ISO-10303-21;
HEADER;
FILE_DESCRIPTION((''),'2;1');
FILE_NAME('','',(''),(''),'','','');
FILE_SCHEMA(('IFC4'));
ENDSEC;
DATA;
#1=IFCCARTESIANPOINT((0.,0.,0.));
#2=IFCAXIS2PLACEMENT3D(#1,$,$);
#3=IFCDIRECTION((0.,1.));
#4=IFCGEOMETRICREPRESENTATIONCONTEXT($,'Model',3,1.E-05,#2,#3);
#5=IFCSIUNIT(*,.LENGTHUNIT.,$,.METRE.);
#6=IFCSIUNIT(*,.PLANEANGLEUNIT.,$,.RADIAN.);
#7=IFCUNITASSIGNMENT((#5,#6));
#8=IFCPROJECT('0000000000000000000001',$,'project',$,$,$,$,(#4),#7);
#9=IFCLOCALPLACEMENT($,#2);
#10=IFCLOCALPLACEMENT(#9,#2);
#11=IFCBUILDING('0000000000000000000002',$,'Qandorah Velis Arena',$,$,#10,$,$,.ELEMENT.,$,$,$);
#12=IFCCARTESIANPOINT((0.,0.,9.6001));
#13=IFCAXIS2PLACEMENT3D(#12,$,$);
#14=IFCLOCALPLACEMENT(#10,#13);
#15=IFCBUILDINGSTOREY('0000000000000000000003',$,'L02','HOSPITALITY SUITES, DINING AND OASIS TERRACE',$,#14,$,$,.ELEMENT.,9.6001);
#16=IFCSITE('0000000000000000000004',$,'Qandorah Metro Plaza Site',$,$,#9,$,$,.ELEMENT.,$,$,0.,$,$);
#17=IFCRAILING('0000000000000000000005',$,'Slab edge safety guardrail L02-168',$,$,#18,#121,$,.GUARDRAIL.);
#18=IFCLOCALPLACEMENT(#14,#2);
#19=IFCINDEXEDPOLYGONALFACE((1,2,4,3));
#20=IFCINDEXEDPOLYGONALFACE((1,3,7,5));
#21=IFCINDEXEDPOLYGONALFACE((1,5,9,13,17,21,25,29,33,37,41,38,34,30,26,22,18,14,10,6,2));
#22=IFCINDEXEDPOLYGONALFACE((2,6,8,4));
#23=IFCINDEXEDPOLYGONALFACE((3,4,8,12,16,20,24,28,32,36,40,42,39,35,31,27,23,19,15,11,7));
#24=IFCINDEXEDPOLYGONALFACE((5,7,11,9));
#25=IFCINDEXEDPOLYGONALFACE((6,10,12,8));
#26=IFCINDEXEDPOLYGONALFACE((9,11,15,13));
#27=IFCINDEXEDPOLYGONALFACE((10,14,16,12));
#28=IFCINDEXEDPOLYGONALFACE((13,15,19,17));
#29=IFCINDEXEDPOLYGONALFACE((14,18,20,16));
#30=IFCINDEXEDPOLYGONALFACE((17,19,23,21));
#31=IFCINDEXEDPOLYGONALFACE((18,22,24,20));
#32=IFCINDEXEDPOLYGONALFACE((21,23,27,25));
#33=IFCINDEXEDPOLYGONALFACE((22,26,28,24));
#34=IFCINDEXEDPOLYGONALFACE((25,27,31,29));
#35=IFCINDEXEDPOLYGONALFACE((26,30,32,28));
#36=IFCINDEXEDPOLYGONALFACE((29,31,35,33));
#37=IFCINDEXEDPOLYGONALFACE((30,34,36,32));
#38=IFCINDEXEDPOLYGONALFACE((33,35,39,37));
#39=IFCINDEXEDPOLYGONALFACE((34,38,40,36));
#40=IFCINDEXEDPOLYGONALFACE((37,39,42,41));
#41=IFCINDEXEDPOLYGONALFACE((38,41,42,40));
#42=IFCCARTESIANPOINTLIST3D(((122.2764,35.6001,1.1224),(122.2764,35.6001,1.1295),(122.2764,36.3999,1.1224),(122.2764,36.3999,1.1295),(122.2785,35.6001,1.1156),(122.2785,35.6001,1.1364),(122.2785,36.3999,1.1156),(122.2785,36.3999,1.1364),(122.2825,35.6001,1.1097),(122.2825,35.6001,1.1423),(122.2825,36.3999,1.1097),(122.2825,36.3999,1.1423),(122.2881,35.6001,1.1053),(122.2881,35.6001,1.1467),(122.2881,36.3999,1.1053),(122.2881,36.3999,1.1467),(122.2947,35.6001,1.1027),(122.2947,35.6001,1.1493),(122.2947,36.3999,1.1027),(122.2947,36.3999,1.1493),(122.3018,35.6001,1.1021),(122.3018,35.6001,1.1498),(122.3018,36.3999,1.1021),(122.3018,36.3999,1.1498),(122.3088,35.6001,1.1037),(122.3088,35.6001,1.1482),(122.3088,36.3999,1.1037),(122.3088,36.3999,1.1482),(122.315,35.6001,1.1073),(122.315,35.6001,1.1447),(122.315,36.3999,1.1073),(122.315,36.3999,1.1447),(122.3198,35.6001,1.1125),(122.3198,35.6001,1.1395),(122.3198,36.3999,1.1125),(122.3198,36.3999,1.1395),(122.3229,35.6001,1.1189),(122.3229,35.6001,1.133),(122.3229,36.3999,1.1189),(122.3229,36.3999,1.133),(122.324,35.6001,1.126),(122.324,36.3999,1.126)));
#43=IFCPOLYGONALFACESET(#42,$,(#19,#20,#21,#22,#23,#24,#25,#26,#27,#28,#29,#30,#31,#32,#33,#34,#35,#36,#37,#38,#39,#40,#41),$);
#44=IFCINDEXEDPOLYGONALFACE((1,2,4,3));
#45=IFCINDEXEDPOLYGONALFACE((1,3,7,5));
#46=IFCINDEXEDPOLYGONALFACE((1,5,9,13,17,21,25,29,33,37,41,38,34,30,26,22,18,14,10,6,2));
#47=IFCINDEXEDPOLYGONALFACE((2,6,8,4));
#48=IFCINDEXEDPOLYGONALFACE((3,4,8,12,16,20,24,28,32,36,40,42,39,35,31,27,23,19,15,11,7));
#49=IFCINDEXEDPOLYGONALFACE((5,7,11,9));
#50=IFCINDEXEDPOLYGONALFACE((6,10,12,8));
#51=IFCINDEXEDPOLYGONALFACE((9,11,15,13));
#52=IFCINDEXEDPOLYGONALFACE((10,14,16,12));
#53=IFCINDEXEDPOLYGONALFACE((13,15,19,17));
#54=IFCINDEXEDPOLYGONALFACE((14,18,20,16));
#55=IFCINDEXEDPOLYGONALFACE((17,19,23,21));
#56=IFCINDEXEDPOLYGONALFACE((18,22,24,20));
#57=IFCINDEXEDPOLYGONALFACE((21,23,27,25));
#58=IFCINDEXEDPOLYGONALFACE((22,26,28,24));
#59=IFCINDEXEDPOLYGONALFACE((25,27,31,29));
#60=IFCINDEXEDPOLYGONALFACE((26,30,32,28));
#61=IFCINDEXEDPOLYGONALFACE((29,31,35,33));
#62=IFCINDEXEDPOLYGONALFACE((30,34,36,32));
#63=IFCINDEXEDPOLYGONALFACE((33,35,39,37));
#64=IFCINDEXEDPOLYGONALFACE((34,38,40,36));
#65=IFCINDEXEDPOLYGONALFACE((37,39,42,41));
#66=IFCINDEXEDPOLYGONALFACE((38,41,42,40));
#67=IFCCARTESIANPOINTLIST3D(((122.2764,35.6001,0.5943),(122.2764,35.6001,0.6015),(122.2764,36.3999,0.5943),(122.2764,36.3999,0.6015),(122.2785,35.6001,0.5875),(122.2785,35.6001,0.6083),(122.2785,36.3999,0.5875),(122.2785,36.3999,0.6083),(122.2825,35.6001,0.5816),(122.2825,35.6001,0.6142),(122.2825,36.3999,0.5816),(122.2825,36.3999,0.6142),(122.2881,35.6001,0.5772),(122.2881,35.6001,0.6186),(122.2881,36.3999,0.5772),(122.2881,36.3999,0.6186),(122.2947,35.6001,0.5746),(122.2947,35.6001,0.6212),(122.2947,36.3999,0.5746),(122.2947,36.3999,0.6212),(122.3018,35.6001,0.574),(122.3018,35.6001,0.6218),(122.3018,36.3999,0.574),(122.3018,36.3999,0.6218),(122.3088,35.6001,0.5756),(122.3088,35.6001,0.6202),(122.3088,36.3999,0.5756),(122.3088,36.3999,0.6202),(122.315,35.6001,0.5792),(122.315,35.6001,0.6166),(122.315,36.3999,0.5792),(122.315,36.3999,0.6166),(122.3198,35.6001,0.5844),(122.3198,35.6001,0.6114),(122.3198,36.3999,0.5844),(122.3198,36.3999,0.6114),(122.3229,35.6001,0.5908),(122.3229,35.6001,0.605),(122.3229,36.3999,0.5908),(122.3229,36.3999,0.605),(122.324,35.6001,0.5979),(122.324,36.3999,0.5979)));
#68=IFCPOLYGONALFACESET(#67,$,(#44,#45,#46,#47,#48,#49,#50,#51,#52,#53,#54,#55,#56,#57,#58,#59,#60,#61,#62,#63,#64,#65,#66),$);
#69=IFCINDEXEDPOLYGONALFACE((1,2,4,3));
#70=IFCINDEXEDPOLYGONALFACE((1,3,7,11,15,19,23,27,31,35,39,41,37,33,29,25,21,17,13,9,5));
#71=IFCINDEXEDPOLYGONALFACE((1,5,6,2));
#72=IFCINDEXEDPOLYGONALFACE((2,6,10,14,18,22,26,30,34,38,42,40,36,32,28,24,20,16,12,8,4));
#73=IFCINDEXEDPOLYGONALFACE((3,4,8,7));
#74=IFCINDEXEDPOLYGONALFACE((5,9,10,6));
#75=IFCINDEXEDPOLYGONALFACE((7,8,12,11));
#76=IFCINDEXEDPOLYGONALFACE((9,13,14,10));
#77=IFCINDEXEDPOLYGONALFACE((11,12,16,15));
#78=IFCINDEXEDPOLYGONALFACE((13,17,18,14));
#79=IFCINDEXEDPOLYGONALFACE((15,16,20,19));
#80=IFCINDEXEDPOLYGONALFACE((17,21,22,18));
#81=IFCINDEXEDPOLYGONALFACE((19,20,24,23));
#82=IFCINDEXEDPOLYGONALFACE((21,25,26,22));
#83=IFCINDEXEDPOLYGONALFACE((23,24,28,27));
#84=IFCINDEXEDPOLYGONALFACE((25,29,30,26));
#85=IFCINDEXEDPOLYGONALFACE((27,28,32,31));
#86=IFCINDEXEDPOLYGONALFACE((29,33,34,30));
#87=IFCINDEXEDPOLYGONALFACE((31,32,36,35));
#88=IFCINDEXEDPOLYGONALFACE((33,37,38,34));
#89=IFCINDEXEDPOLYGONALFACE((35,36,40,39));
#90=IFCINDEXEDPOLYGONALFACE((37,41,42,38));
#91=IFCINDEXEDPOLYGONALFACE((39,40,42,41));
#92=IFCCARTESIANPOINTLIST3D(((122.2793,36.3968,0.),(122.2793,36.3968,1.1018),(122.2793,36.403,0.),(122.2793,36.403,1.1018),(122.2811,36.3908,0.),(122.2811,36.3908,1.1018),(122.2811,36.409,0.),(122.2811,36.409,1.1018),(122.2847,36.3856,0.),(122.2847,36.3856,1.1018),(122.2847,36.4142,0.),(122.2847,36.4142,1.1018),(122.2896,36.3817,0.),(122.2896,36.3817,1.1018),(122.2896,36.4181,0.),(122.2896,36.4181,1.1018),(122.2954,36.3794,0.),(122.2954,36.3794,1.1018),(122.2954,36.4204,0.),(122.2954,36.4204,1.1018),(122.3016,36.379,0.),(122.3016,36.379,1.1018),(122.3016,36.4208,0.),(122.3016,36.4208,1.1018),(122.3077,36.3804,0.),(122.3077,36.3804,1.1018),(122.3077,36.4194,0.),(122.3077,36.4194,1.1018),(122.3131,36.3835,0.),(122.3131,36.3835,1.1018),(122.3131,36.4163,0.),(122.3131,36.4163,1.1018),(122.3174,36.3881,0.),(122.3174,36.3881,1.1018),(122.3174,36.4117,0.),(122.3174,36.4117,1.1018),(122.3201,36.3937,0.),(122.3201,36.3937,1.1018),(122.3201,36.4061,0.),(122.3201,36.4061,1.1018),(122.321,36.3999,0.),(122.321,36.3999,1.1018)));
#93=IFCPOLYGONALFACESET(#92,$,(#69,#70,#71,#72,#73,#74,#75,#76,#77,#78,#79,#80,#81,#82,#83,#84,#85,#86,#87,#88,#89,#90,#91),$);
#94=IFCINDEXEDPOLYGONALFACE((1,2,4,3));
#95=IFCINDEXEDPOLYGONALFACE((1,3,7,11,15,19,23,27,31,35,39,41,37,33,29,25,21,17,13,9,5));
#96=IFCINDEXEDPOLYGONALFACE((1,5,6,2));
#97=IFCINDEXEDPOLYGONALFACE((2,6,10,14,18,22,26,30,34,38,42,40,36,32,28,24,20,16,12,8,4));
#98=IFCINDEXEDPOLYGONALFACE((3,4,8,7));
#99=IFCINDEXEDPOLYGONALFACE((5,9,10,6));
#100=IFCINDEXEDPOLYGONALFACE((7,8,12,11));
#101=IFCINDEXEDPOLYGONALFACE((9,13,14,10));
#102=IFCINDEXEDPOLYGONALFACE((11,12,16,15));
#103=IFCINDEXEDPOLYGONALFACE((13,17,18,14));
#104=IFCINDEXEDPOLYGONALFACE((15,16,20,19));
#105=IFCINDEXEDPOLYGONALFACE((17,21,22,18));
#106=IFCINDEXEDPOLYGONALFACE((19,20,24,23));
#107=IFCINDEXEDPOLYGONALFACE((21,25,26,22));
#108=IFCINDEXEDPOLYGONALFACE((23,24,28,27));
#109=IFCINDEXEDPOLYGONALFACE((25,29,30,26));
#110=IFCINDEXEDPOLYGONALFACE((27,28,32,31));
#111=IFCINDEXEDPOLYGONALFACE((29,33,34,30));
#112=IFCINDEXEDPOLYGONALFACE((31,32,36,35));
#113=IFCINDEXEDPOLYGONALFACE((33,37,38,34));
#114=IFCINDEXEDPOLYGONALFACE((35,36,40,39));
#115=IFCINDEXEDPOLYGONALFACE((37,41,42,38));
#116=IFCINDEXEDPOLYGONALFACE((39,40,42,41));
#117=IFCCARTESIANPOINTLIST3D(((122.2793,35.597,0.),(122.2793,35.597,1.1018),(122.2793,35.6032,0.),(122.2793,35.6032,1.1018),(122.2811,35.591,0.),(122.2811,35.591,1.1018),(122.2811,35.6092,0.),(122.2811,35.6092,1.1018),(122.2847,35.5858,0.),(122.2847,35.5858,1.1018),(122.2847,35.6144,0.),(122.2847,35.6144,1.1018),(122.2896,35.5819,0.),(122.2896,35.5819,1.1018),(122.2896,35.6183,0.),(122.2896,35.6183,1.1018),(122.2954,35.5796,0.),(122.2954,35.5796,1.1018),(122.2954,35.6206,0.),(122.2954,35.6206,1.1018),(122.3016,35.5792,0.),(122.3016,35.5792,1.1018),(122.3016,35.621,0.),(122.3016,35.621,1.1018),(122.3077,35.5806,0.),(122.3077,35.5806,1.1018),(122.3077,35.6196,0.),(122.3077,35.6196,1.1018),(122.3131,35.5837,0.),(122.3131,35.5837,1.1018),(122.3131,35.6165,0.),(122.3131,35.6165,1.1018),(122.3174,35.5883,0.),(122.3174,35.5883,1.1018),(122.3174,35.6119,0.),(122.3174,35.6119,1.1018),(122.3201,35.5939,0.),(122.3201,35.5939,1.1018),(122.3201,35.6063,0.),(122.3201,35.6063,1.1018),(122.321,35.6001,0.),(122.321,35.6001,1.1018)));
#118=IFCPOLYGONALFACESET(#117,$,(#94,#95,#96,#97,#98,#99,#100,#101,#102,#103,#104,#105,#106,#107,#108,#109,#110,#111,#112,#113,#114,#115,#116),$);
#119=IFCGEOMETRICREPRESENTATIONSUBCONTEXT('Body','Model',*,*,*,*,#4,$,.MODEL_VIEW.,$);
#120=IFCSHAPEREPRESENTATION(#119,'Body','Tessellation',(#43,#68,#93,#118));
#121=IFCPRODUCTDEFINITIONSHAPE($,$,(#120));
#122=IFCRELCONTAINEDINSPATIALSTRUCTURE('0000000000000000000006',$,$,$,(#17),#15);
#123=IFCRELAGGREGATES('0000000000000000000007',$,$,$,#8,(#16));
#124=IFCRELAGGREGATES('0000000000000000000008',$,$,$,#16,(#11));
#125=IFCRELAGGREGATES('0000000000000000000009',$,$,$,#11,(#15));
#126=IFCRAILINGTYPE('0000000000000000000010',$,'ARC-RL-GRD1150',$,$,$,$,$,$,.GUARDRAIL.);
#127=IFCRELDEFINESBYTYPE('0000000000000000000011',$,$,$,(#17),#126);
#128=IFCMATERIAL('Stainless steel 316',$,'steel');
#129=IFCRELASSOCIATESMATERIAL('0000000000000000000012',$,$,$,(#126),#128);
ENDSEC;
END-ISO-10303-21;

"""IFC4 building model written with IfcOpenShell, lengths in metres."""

from ifc_helpers import new_model, si_unit, direction, frame, origin, origin_2d, place, context, subcontext, project, spatial, circle, extrude, material, type_object, element, save


model = new_model("IFC4")

# Units and contexts
model_context = context("Model", 3, precision=1e-05, world=origin(), true_north=direction((0.0, 1.0)))
body_context = subcontext(model_context, "Body", "Model", "MODEL_VIEW")
ifc_project = project(units=[si_unit("LENGTHUNIT", "METRE"), si_unit("PLANEANGLEUNIT", "RADIAN")], contexts=[model_context])

# Site, building, storey
site_placement = place(None, origin())
site = spatial("IfcSite", under=ifc_project, at=site_placement, Name="Qandorah Metro Plaza Site", CompositionType="ELEMENT", RefElevation=0.0)
building_placement = place(site_placement, origin())
building = spatial("IfcBuilding", under=site, at=building_placement, Name="Qandorah Velis Arena", CompositionType="ELEMENT")
storey_placement = place(building_placement, frame((0.0, 0.0, 9.6001)))
storey = spatial("IfcBuildingStorey", under=building, at=storey_placement, Name="L02", Description="HOSPITALITY SUITES, DINING AND OASIS TERRACE", CompositionType="ELEMENT", Elevation=9.6001)

# Railing
ifc_material_1 = material(Name="Stainless steel 316", Category="steel")
railing_type_1 = type_object("IfcRailingType", Name="ARC-RL-GRD1150", PredefinedType="GUARDRAIL", material=ifc_material_1)
railing_1_placement = place(storey_placement, frame((122.3, 36.3999, 0.0)))
element("IfcRailing", 1, at=railing_1_placement, inside=storey, type_object=railing_type_1, Name="Slab edge safety guardrail L02-168", PredefinedType="GUARDRAIL", context=body_context, shape_type="SweptSolid", body=[
    extrude(circle(Radius=0.0239, at=origin_2d()), frame((0.0, 0.0, 1.126), z_axis=(0.0, -1.0, 0.0), x_axis=(1.0, 0.0, 0.0)), (0.0, 0.0, 1.0), 0.7998),
    extrude(circle(Radius=0.0239, at=origin_2d()), frame((0.0, 0.0, 0.5979), z_axis=(0.0, -1.0, 0.0), x_axis=(1.0, 0.0, 0.0)), (0.0, 0.0, 1.0), 0.7998),
    extrude(circle(Radius=0.021, at=origin_2d()), origin(), (0.0, 0.0, 1.0), 1.1018),
    extrude(circle(Radius=0.021, at=origin_2d()), frame((0.0, -0.7998, 0.0)), (0.0, 0.0, 1.0), 1.1018),
])

save(model, "model.ifc")
